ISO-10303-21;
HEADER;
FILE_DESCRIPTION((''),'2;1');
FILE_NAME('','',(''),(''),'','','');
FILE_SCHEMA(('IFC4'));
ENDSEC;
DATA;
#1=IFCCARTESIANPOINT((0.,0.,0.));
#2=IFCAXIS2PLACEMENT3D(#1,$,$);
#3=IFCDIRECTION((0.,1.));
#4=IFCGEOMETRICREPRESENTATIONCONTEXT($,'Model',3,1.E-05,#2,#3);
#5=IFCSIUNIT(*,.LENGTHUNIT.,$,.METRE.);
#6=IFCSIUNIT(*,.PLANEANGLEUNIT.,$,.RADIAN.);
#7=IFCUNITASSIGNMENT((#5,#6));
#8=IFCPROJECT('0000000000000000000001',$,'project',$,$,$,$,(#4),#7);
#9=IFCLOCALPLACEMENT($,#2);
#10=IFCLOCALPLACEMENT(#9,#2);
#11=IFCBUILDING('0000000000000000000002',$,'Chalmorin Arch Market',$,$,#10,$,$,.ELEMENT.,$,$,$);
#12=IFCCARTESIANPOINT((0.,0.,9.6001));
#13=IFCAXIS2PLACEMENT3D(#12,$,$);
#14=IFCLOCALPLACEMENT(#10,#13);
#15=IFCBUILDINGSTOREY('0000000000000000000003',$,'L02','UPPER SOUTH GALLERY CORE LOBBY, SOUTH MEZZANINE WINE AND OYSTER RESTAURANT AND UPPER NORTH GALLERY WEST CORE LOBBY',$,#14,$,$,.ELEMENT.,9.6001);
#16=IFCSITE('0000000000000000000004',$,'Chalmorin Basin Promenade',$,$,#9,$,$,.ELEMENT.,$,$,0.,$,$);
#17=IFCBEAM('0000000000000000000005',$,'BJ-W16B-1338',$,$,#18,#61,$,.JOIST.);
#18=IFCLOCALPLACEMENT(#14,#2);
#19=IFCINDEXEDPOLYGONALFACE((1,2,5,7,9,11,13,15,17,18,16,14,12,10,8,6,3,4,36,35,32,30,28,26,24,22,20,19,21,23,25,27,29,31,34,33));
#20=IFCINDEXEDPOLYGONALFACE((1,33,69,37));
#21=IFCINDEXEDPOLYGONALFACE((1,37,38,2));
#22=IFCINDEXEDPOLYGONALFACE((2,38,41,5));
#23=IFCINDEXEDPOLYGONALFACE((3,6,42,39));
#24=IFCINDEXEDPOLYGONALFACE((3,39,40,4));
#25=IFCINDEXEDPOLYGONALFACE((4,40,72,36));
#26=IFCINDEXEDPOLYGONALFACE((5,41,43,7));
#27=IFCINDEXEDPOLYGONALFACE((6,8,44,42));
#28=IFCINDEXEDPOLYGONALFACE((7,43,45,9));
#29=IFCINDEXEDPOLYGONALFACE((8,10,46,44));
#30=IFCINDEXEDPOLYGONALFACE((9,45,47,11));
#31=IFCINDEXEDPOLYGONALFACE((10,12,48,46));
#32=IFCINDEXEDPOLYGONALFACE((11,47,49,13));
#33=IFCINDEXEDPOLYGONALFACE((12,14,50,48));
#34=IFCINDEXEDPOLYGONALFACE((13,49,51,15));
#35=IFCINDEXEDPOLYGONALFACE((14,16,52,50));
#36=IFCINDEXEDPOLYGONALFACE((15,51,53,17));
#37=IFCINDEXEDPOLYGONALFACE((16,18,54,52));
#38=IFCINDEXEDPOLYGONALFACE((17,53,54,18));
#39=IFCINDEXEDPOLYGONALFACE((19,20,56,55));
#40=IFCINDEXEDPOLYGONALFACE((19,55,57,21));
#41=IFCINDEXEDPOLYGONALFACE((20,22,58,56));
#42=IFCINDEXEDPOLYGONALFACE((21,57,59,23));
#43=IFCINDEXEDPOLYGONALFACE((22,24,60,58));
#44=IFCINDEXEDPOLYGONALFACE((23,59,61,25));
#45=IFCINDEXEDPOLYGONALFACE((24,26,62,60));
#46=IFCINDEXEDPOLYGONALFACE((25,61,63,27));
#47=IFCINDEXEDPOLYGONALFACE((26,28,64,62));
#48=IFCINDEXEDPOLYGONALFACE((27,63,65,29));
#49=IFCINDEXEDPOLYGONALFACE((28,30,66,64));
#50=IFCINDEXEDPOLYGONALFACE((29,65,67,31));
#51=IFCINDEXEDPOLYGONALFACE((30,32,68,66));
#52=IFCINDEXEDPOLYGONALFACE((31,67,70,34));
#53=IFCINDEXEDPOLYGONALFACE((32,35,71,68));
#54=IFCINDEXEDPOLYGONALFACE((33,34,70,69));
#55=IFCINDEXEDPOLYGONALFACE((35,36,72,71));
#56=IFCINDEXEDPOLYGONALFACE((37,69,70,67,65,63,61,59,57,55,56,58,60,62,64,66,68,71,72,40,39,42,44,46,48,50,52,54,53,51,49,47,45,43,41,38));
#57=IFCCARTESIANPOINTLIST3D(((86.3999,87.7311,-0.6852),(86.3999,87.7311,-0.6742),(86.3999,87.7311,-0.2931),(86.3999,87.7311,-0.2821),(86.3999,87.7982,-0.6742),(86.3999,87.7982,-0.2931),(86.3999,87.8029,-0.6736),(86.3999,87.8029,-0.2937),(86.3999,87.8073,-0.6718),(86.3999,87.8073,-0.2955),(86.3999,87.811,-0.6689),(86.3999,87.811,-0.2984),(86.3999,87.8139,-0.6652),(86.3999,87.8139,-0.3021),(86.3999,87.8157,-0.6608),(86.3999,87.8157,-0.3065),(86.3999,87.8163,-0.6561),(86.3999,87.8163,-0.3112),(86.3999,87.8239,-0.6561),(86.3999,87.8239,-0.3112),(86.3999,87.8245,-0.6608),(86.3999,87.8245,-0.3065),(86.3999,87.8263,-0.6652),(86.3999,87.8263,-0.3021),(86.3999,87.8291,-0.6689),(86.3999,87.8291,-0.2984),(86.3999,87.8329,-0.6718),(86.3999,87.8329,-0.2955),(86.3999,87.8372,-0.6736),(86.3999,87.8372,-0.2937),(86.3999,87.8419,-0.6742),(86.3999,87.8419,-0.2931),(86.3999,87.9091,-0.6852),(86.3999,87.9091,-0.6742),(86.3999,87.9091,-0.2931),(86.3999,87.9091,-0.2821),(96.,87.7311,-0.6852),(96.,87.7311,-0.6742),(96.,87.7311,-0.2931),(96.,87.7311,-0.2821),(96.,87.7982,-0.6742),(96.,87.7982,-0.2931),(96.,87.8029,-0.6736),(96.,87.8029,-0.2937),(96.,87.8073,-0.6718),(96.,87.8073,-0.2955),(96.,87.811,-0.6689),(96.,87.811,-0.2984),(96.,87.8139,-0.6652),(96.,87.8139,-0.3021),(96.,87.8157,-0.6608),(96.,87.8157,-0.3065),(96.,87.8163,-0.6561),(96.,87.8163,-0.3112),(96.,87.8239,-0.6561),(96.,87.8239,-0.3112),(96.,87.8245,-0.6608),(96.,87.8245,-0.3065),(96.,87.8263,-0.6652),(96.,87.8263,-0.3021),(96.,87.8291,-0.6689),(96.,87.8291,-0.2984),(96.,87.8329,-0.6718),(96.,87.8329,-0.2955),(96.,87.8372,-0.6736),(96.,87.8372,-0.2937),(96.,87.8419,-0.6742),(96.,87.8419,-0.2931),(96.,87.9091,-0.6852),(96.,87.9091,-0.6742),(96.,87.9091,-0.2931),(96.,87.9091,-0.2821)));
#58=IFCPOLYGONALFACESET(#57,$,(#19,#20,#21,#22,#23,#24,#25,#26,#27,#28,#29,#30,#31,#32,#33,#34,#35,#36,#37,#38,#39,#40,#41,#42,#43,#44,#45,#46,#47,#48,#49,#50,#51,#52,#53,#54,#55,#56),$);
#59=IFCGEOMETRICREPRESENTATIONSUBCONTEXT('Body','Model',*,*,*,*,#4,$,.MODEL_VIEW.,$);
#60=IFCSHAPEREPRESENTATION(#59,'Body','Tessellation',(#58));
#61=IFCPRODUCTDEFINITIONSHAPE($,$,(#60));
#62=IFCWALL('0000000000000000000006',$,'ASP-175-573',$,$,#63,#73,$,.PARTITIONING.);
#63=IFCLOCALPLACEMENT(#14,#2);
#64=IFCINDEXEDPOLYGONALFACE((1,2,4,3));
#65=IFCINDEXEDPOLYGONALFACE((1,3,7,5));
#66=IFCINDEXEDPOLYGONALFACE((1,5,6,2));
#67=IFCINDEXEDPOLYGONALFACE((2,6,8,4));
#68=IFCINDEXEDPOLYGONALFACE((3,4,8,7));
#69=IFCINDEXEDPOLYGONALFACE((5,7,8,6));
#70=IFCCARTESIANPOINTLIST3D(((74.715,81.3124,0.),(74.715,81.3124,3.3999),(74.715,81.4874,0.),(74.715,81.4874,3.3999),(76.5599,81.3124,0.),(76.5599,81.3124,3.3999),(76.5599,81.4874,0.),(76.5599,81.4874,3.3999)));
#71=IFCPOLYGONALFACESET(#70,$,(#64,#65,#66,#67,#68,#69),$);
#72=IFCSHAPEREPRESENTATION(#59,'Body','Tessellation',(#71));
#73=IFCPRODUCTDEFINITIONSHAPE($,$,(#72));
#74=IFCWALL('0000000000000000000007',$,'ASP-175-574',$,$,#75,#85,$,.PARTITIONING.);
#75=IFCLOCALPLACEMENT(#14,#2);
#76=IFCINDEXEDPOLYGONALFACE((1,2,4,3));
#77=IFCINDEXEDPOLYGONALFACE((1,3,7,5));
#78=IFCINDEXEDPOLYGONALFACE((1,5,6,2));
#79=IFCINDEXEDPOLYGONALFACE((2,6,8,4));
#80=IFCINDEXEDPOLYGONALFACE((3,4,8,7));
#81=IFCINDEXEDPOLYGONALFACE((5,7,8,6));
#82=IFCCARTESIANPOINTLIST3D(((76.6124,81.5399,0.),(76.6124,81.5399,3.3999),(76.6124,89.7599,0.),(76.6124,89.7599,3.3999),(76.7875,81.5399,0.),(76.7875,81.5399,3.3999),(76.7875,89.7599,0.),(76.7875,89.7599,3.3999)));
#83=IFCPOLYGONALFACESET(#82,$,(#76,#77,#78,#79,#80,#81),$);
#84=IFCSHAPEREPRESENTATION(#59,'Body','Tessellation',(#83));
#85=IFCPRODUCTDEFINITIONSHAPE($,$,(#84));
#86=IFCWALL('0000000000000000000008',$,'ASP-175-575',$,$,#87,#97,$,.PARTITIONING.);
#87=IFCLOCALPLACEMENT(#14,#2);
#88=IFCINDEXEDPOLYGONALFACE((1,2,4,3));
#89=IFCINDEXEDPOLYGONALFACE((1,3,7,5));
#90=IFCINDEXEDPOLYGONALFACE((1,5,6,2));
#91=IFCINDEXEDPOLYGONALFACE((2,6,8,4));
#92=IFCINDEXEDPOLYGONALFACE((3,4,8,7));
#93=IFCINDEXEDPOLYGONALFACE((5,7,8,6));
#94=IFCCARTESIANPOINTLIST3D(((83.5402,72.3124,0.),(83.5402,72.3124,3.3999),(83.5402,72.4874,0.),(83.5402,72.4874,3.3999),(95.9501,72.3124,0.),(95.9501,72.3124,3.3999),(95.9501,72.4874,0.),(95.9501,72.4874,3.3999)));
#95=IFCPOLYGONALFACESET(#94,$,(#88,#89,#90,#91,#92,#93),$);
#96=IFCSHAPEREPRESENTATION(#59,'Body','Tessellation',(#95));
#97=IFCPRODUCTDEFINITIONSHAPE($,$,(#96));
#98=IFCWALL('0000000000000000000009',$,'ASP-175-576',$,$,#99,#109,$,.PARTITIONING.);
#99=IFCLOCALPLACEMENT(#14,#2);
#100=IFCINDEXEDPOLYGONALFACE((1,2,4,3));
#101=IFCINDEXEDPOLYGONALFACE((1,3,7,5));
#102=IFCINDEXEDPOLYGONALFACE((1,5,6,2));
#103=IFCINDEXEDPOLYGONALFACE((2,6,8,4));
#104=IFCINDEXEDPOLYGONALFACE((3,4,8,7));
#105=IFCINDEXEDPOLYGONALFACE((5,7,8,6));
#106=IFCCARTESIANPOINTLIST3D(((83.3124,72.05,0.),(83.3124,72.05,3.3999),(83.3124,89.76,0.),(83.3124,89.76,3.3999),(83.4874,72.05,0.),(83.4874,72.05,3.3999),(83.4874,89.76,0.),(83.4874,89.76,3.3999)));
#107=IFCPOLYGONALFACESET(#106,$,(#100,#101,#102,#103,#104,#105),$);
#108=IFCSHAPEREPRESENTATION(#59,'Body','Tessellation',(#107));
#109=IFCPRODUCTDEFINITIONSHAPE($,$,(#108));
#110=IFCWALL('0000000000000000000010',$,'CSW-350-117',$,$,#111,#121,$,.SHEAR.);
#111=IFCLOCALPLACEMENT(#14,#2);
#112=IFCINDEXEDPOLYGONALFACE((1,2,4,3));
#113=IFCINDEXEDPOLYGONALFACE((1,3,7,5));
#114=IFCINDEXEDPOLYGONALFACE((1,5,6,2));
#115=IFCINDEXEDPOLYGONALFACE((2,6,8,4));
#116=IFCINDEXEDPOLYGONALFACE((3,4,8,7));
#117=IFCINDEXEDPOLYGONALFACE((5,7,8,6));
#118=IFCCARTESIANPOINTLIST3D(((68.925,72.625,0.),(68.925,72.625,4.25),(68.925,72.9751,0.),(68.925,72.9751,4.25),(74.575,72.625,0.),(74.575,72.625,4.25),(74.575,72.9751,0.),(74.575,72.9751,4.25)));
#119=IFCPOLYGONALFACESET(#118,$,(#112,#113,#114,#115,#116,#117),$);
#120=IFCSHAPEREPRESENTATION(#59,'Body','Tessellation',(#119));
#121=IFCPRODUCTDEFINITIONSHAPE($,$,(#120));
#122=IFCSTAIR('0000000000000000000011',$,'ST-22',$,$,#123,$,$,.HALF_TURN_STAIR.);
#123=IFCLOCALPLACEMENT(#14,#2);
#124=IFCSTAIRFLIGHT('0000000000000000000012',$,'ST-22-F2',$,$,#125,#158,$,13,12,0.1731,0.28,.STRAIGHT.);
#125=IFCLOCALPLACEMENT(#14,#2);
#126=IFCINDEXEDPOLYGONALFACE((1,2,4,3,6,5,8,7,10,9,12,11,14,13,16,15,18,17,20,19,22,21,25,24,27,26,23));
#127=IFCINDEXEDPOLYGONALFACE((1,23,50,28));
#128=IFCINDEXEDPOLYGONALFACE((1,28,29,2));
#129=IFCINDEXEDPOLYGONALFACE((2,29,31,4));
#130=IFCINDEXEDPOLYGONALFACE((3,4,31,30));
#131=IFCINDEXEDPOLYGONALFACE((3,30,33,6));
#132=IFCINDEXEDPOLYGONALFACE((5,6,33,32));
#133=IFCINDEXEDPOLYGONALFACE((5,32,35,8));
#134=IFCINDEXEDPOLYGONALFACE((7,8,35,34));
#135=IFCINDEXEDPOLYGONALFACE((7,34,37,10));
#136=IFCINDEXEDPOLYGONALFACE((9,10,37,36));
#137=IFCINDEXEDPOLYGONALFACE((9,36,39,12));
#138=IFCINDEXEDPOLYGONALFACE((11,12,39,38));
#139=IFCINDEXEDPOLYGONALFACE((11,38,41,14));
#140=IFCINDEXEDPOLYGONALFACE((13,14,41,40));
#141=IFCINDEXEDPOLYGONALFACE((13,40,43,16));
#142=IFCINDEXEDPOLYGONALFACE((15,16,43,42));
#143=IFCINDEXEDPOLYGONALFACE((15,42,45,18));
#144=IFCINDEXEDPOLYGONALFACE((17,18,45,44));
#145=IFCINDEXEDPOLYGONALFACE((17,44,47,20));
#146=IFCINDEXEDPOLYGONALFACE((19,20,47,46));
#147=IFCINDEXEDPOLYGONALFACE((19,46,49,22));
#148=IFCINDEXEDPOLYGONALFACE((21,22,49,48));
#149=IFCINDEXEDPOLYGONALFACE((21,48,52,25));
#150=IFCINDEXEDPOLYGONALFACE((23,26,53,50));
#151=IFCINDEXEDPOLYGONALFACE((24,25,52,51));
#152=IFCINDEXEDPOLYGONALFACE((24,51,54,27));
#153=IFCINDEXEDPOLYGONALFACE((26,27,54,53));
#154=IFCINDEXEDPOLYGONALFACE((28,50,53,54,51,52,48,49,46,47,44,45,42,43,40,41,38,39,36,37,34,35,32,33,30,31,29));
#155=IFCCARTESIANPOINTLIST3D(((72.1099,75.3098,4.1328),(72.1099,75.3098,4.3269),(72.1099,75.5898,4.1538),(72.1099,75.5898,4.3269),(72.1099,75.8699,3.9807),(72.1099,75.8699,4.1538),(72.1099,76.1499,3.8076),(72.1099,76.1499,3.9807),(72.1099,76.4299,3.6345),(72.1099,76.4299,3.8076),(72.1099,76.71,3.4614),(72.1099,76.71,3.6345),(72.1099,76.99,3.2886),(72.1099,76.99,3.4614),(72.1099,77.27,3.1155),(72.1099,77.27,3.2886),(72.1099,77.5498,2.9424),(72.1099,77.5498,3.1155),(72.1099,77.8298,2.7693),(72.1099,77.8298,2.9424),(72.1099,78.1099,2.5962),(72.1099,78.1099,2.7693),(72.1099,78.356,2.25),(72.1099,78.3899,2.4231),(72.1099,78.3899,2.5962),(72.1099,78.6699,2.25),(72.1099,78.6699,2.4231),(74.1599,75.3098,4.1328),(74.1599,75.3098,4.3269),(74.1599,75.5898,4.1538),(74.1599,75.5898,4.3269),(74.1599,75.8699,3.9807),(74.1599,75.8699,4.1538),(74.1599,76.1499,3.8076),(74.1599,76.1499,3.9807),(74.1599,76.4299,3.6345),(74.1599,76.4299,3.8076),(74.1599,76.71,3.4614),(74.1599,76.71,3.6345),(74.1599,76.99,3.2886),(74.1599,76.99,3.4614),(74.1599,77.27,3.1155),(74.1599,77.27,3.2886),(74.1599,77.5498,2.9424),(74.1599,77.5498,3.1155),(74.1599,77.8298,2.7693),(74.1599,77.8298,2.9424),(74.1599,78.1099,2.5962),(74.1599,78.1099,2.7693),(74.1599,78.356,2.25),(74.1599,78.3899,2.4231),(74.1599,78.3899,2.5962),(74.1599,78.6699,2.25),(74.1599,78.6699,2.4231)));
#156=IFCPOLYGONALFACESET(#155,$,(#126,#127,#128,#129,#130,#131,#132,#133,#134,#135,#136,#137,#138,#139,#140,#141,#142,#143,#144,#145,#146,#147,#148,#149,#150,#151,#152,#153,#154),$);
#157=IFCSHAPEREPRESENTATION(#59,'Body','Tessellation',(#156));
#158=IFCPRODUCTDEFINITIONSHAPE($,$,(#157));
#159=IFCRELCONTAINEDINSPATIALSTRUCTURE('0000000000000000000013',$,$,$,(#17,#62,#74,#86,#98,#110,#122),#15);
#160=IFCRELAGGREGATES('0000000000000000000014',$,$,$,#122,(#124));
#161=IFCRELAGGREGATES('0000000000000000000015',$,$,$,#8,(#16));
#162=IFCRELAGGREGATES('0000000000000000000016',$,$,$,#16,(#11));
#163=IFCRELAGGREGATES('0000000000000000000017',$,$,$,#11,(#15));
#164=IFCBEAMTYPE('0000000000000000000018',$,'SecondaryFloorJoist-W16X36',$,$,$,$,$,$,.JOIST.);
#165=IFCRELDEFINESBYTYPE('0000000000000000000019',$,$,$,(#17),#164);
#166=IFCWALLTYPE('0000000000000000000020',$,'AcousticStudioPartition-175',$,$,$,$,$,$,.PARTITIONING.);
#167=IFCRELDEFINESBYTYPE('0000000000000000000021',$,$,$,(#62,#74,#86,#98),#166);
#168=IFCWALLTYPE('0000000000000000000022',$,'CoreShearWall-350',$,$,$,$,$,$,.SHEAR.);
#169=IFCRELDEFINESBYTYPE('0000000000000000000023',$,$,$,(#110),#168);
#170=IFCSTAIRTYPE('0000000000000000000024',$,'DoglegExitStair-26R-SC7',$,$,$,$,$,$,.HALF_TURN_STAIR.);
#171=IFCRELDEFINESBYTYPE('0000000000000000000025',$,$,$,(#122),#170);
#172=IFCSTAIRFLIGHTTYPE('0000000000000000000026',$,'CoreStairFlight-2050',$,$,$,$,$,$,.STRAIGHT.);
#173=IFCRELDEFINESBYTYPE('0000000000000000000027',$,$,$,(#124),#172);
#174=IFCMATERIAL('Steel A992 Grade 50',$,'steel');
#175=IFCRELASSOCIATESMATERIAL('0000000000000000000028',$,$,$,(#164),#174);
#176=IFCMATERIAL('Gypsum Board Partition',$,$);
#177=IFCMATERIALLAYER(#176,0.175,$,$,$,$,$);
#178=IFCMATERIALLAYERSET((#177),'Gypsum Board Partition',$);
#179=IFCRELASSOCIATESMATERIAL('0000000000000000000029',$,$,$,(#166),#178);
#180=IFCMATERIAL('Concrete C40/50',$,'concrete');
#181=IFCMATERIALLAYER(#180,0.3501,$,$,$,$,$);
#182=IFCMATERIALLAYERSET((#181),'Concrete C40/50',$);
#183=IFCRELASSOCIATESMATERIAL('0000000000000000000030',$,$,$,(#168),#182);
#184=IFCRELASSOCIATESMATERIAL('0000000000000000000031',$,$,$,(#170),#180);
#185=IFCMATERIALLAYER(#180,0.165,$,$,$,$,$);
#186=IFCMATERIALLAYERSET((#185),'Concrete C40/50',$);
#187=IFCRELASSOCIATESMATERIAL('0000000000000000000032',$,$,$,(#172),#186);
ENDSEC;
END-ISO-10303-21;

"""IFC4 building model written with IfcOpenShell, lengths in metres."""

from ifc_helpers import new_model, si_unit, direction, frame, frame_2d, origin, origin_2d, place, context, subcontext, project, spatial, polyline, rectangle, i_section, outline, extrude, material, layer, layer_set, material_profile, profile_set, type_object, element, aggregate, save


model = new_model("IFC4")

# Units and contexts
model_context = context("Model", 3, precision=1e-05, world=origin(), true_north=direction((0.0, 1.0)))
body_context = subcontext(model_context, "Body", "Model", "MODEL_VIEW")
ifc_project = project(units=[si_unit("LENGTHUNIT", "METRE"), si_unit("PLANEANGLEUNIT", "RADIAN")], contexts=[model_context])

# Site, building, storey
site_placement = place(None, origin())
site = spatial("IfcSite", under=ifc_project, at=site_placement, Name="Chalmorin Basin Promenade", CompositionType="ELEMENT", RefElevation=0.0)
building_placement = place(site_placement, origin())
building = spatial("IfcBuilding", under=site, at=building_placement, Name="Chalmorin Arch Market", CompositionType="ELEMENT")
storey_placement = place(building_placement, frame((0.0, 0.0, 9.6001)))
storey = spatial("IfcBuildingStorey", under=building, at=storey_placement, Name="L02", Description="UPPER SOUTH GALLERY CORE LOBBY, SOUTH MEZZANINE WINE AND OYSTER RESTAURANT AND UPPER NORTH GALLERY WEST CORE LOBBY", CompositionType="ELEMENT", Elevation=9.6001)

# Shared definitions
ifc_material_1 = material(Name="Concrete C40/50", Category="concrete")

# Beam
ifc_material_2 = material(Name="Steel A992 Grade 50", Category="steel")
ifc_material_profile_1 = material_profile(ifc_material_2, i_section(OverallWidth=0.178, OverallDepth=0.4031, WebThickness=0.0076, FlangeThickness=0.011, FilletRadius=0.0181, at=origin_2d()), Name="W16X36")
ifc_profile_set_1 = profile_set([ifc_material_profile_1], Name="Steel A992 Grade 50")
beam_type_1 = type_object("IfcBeamType", Name="SecondaryFloorJoist-W16X36", PredefinedType="JOIST", material=ifc_profile_set_1)
for number, where, z_axis, x_axis, name in (
    (1, (86.3999, 87.8201, -0.4836), (1.0, 0.0, 0.0), (0.0, 1.0, 0.0), "BJ-W16B-1338"),
):
    element("IfcBeam", number, at=place(storey_placement, frame(where, z_axis=z_axis, x_axis=x_axis)), inside=storey, type_object=beam_type_1, Name=name, PredefinedType="JOIST", context=body_context, shape_type="SweptSolid", body=[
        extrude(i_section(OverallWidth=0.178, OverallDepth=0.4031, WebThickness=0.0076, FlangeThickness=0.011, FilletRadius=0.0181, at=origin_2d()), origin(), (0.0, 0.0, 1.0), 9.6001),
    ])

# Walls
ifc_material_3 = material(Name="Gypsum Board Partition")
ifc_layer_1 = layer(ifc_material_3, 0.175)
ifc_layer_set_1 = layer_set([ifc_layer_1], Name="Gypsum Board Partition")
wall_type_1 = type_object("IfcWallType", Name="AcousticStudioPartition-175", PredefinedType="PARTITIONING", material=ifc_layer_set_1)
wall_1_placement = place(storey_placement, frame((74.7151, 81.3999, 0.0), z_axis=(0.0, 0.0, 1.0), x_axis=(1.0, 0.0, 0.0)))
element("IfcWall", 2, at=wall_1_placement, inside=storey, type_object=wall_type_1, Name="ASP-175-573", PredefinedType="PARTITIONING", context=body_context, shape_type="SweptSolid", body=[
    extrude(rectangle(XDim=1.845, YDim=0.175, at=frame_2d((0.9224, 0.0))), origin(), (0.0, 0.0, 1.0), 3.3999),
])
wall_2_placement = place(storey_placement, frame((76.7, 81.54, 0.0), z_axis=(0.0, 0.0, 1.0), x_axis=(0.0, 1.0, 0.0)))
element("IfcWall", 3, at=wall_2_placement, inside=storey, type_object=wall_type_1, Name="ASP-175-574", PredefinedType="PARTITIONING", context=body_context, shape_type="SweptSolid", body=[
    extrude(rectangle(XDim=8.22, YDim=0.175, at=frame_2d((4.1099, 0.0))), origin(), (0.0, 0.0, 1.0), 3.3999),
])
wall_3_placement = place(storey_placement, frame((83.54, 72.3999, 0.0), z_axis=(0.0, 0.0, 1.0), x_axis=(1.0, 0.0, 0.0)))
element("IfcWall", 4, at=wall_3_placement, inside=storey, type_object=wall_type_1, Name="ASP-175-575", PredefinedType="PARTITIONING", context=body_context, shape_type="SweptSolid", body=[
    extrude(rectangle(XDim=12.4099, YDim=0.175, at=frame_2d((6.2051, 0.0))), origin(), (0.0, 0.0, 1.0), 3.3999),
])
wall_4_placement = place(storey_placement, frame((83.3999, 72.05, 0.0), z_axis=(0.0, 0.0, 1.0), x_axis=(0.0, 1.0, 0.0)))
element("IfcWall", 5, at=wall_4_placement, inside=storey, type_object=wall_type_1, Name="ASP-175-576", PredefinedType="PARTITIONING", context=body_context, shape_type="SweptSolid", body=[
    extrude(rectangle(XDim=17.71, YDim=0.175, at=frame_2d((8.855, 0.0))), origin(), (0.0, 0.0, 1.0), 3.3999),
])
ifc_layer_2 = layer(ifc_material_1, 0.3501)
ifc_layer_set_2 = layer_set([ifc_layer_2], Name="Concrete C40/50")
wall_type_2 = type_object("IfcWallType", Name="CoreShearWall-350", PredefinedType="SHEAR", material=ifc_layer_set_2)
wall_5_placement = place(storey_placement, frame((74.575, 72.8, 0.0), z_axis=(0.0, 0.0, 1.0), x_axis=(-1.0, 0.0, 0.0)))
element("IfcWall", 6, at=wall_5_placement, inside=storey, type_object=wall_type_2, Name="CSW-350-117", PredefinedType="SHEAR", context=body_context, shape_type="SweptSolid", body=[
    extrude(rectangle(XDim=5.6499, YDim=0.3501, at=frame_2d((2.825, 0.0))), origin(), (0.0, 0.0, 1.0), 4.25),
])

# Stair, stair flight
stair_type = type_object("IfcStairType", Name="DoglegExitStair-26R-SC7", PredefinedType="HALF_TURN_STAIR", material=ifc_material_1)
stair_placement = place(storey_placement, origin())
stair = element("IfcStair", 7, at=stair_placement, inside=storey, type_object=stair_type, Name="ST-22", PredefinedType="HALF_TURN_STAIR")
ifc_layer_3 = layer(ifc_material_1, 0.165)
ifc_layer_set_3 = layer_set([ifc_layer_3], Name="Concrete C40/50")
stair_flight_type = type_object("IfcStairFlightType", Name="CoreStairFlight-2050", PredefinedType="STRAIGHT", material=ifc_layer_set_3)
stair_flight_placement = place(storey_placement, frame((73.135, 78.6699, 2.25), z_axis=(0.0, 0.0, 1.0), x_axis=(0.0, -1.0, 0.0)))
stair_flight = element("IfcStairFlight", 8, at=stair_flight_placement, type_object=stair_flight_type, Name="ST-22-F2", NumberOfRisers=13, NumberOfTreads=12, PredefinedType="STRAIGHT", RiserHeight=0.1731, TreadLength=0.28, context=body_context, shape_type="SweptSolid", body=[
    extrude(outline(polyline([(0.0, 0.0), (0.0, 0.1731), (0.28, 0.1731), (0.28, 0.3462), (0.5601, 0.3462), (0.5601, 0.5193), (0.8401, 0.5193), (0.8401, 0.6924), (1.1201, 0.6924), (1.1201, 0.8655), (1.3999, 0.8655), (1.3999, 1.0386), (1.6799, 1.0386), (1.6799, 1.2114), (1.96, 1.2114), (1.96, 1.3845), (2.24, 1.3845), (2.24, 1.5576), (2.52, 1.5576), (2.52, 1.7307), (2.8, 1.7307), (2.8, 1.9038), (3.0801, 1.9038), (3.0801, 2.0769), (3.3601, 2.0769), (3.3601, 2.25), (3.3601, 1.8828), (0.314, 0.0), (0.0, 0.0)])), frame((0.0, 1.0249, 0.0), z_axis=(0.0, -1.0, 0.0), x_axis=(1.0, 0.0, 0.0)), (0.0, 0.0, 1.0), 2.05),
])

aggregate(stair, [stair_flight])

save(model, "model.ifc")
